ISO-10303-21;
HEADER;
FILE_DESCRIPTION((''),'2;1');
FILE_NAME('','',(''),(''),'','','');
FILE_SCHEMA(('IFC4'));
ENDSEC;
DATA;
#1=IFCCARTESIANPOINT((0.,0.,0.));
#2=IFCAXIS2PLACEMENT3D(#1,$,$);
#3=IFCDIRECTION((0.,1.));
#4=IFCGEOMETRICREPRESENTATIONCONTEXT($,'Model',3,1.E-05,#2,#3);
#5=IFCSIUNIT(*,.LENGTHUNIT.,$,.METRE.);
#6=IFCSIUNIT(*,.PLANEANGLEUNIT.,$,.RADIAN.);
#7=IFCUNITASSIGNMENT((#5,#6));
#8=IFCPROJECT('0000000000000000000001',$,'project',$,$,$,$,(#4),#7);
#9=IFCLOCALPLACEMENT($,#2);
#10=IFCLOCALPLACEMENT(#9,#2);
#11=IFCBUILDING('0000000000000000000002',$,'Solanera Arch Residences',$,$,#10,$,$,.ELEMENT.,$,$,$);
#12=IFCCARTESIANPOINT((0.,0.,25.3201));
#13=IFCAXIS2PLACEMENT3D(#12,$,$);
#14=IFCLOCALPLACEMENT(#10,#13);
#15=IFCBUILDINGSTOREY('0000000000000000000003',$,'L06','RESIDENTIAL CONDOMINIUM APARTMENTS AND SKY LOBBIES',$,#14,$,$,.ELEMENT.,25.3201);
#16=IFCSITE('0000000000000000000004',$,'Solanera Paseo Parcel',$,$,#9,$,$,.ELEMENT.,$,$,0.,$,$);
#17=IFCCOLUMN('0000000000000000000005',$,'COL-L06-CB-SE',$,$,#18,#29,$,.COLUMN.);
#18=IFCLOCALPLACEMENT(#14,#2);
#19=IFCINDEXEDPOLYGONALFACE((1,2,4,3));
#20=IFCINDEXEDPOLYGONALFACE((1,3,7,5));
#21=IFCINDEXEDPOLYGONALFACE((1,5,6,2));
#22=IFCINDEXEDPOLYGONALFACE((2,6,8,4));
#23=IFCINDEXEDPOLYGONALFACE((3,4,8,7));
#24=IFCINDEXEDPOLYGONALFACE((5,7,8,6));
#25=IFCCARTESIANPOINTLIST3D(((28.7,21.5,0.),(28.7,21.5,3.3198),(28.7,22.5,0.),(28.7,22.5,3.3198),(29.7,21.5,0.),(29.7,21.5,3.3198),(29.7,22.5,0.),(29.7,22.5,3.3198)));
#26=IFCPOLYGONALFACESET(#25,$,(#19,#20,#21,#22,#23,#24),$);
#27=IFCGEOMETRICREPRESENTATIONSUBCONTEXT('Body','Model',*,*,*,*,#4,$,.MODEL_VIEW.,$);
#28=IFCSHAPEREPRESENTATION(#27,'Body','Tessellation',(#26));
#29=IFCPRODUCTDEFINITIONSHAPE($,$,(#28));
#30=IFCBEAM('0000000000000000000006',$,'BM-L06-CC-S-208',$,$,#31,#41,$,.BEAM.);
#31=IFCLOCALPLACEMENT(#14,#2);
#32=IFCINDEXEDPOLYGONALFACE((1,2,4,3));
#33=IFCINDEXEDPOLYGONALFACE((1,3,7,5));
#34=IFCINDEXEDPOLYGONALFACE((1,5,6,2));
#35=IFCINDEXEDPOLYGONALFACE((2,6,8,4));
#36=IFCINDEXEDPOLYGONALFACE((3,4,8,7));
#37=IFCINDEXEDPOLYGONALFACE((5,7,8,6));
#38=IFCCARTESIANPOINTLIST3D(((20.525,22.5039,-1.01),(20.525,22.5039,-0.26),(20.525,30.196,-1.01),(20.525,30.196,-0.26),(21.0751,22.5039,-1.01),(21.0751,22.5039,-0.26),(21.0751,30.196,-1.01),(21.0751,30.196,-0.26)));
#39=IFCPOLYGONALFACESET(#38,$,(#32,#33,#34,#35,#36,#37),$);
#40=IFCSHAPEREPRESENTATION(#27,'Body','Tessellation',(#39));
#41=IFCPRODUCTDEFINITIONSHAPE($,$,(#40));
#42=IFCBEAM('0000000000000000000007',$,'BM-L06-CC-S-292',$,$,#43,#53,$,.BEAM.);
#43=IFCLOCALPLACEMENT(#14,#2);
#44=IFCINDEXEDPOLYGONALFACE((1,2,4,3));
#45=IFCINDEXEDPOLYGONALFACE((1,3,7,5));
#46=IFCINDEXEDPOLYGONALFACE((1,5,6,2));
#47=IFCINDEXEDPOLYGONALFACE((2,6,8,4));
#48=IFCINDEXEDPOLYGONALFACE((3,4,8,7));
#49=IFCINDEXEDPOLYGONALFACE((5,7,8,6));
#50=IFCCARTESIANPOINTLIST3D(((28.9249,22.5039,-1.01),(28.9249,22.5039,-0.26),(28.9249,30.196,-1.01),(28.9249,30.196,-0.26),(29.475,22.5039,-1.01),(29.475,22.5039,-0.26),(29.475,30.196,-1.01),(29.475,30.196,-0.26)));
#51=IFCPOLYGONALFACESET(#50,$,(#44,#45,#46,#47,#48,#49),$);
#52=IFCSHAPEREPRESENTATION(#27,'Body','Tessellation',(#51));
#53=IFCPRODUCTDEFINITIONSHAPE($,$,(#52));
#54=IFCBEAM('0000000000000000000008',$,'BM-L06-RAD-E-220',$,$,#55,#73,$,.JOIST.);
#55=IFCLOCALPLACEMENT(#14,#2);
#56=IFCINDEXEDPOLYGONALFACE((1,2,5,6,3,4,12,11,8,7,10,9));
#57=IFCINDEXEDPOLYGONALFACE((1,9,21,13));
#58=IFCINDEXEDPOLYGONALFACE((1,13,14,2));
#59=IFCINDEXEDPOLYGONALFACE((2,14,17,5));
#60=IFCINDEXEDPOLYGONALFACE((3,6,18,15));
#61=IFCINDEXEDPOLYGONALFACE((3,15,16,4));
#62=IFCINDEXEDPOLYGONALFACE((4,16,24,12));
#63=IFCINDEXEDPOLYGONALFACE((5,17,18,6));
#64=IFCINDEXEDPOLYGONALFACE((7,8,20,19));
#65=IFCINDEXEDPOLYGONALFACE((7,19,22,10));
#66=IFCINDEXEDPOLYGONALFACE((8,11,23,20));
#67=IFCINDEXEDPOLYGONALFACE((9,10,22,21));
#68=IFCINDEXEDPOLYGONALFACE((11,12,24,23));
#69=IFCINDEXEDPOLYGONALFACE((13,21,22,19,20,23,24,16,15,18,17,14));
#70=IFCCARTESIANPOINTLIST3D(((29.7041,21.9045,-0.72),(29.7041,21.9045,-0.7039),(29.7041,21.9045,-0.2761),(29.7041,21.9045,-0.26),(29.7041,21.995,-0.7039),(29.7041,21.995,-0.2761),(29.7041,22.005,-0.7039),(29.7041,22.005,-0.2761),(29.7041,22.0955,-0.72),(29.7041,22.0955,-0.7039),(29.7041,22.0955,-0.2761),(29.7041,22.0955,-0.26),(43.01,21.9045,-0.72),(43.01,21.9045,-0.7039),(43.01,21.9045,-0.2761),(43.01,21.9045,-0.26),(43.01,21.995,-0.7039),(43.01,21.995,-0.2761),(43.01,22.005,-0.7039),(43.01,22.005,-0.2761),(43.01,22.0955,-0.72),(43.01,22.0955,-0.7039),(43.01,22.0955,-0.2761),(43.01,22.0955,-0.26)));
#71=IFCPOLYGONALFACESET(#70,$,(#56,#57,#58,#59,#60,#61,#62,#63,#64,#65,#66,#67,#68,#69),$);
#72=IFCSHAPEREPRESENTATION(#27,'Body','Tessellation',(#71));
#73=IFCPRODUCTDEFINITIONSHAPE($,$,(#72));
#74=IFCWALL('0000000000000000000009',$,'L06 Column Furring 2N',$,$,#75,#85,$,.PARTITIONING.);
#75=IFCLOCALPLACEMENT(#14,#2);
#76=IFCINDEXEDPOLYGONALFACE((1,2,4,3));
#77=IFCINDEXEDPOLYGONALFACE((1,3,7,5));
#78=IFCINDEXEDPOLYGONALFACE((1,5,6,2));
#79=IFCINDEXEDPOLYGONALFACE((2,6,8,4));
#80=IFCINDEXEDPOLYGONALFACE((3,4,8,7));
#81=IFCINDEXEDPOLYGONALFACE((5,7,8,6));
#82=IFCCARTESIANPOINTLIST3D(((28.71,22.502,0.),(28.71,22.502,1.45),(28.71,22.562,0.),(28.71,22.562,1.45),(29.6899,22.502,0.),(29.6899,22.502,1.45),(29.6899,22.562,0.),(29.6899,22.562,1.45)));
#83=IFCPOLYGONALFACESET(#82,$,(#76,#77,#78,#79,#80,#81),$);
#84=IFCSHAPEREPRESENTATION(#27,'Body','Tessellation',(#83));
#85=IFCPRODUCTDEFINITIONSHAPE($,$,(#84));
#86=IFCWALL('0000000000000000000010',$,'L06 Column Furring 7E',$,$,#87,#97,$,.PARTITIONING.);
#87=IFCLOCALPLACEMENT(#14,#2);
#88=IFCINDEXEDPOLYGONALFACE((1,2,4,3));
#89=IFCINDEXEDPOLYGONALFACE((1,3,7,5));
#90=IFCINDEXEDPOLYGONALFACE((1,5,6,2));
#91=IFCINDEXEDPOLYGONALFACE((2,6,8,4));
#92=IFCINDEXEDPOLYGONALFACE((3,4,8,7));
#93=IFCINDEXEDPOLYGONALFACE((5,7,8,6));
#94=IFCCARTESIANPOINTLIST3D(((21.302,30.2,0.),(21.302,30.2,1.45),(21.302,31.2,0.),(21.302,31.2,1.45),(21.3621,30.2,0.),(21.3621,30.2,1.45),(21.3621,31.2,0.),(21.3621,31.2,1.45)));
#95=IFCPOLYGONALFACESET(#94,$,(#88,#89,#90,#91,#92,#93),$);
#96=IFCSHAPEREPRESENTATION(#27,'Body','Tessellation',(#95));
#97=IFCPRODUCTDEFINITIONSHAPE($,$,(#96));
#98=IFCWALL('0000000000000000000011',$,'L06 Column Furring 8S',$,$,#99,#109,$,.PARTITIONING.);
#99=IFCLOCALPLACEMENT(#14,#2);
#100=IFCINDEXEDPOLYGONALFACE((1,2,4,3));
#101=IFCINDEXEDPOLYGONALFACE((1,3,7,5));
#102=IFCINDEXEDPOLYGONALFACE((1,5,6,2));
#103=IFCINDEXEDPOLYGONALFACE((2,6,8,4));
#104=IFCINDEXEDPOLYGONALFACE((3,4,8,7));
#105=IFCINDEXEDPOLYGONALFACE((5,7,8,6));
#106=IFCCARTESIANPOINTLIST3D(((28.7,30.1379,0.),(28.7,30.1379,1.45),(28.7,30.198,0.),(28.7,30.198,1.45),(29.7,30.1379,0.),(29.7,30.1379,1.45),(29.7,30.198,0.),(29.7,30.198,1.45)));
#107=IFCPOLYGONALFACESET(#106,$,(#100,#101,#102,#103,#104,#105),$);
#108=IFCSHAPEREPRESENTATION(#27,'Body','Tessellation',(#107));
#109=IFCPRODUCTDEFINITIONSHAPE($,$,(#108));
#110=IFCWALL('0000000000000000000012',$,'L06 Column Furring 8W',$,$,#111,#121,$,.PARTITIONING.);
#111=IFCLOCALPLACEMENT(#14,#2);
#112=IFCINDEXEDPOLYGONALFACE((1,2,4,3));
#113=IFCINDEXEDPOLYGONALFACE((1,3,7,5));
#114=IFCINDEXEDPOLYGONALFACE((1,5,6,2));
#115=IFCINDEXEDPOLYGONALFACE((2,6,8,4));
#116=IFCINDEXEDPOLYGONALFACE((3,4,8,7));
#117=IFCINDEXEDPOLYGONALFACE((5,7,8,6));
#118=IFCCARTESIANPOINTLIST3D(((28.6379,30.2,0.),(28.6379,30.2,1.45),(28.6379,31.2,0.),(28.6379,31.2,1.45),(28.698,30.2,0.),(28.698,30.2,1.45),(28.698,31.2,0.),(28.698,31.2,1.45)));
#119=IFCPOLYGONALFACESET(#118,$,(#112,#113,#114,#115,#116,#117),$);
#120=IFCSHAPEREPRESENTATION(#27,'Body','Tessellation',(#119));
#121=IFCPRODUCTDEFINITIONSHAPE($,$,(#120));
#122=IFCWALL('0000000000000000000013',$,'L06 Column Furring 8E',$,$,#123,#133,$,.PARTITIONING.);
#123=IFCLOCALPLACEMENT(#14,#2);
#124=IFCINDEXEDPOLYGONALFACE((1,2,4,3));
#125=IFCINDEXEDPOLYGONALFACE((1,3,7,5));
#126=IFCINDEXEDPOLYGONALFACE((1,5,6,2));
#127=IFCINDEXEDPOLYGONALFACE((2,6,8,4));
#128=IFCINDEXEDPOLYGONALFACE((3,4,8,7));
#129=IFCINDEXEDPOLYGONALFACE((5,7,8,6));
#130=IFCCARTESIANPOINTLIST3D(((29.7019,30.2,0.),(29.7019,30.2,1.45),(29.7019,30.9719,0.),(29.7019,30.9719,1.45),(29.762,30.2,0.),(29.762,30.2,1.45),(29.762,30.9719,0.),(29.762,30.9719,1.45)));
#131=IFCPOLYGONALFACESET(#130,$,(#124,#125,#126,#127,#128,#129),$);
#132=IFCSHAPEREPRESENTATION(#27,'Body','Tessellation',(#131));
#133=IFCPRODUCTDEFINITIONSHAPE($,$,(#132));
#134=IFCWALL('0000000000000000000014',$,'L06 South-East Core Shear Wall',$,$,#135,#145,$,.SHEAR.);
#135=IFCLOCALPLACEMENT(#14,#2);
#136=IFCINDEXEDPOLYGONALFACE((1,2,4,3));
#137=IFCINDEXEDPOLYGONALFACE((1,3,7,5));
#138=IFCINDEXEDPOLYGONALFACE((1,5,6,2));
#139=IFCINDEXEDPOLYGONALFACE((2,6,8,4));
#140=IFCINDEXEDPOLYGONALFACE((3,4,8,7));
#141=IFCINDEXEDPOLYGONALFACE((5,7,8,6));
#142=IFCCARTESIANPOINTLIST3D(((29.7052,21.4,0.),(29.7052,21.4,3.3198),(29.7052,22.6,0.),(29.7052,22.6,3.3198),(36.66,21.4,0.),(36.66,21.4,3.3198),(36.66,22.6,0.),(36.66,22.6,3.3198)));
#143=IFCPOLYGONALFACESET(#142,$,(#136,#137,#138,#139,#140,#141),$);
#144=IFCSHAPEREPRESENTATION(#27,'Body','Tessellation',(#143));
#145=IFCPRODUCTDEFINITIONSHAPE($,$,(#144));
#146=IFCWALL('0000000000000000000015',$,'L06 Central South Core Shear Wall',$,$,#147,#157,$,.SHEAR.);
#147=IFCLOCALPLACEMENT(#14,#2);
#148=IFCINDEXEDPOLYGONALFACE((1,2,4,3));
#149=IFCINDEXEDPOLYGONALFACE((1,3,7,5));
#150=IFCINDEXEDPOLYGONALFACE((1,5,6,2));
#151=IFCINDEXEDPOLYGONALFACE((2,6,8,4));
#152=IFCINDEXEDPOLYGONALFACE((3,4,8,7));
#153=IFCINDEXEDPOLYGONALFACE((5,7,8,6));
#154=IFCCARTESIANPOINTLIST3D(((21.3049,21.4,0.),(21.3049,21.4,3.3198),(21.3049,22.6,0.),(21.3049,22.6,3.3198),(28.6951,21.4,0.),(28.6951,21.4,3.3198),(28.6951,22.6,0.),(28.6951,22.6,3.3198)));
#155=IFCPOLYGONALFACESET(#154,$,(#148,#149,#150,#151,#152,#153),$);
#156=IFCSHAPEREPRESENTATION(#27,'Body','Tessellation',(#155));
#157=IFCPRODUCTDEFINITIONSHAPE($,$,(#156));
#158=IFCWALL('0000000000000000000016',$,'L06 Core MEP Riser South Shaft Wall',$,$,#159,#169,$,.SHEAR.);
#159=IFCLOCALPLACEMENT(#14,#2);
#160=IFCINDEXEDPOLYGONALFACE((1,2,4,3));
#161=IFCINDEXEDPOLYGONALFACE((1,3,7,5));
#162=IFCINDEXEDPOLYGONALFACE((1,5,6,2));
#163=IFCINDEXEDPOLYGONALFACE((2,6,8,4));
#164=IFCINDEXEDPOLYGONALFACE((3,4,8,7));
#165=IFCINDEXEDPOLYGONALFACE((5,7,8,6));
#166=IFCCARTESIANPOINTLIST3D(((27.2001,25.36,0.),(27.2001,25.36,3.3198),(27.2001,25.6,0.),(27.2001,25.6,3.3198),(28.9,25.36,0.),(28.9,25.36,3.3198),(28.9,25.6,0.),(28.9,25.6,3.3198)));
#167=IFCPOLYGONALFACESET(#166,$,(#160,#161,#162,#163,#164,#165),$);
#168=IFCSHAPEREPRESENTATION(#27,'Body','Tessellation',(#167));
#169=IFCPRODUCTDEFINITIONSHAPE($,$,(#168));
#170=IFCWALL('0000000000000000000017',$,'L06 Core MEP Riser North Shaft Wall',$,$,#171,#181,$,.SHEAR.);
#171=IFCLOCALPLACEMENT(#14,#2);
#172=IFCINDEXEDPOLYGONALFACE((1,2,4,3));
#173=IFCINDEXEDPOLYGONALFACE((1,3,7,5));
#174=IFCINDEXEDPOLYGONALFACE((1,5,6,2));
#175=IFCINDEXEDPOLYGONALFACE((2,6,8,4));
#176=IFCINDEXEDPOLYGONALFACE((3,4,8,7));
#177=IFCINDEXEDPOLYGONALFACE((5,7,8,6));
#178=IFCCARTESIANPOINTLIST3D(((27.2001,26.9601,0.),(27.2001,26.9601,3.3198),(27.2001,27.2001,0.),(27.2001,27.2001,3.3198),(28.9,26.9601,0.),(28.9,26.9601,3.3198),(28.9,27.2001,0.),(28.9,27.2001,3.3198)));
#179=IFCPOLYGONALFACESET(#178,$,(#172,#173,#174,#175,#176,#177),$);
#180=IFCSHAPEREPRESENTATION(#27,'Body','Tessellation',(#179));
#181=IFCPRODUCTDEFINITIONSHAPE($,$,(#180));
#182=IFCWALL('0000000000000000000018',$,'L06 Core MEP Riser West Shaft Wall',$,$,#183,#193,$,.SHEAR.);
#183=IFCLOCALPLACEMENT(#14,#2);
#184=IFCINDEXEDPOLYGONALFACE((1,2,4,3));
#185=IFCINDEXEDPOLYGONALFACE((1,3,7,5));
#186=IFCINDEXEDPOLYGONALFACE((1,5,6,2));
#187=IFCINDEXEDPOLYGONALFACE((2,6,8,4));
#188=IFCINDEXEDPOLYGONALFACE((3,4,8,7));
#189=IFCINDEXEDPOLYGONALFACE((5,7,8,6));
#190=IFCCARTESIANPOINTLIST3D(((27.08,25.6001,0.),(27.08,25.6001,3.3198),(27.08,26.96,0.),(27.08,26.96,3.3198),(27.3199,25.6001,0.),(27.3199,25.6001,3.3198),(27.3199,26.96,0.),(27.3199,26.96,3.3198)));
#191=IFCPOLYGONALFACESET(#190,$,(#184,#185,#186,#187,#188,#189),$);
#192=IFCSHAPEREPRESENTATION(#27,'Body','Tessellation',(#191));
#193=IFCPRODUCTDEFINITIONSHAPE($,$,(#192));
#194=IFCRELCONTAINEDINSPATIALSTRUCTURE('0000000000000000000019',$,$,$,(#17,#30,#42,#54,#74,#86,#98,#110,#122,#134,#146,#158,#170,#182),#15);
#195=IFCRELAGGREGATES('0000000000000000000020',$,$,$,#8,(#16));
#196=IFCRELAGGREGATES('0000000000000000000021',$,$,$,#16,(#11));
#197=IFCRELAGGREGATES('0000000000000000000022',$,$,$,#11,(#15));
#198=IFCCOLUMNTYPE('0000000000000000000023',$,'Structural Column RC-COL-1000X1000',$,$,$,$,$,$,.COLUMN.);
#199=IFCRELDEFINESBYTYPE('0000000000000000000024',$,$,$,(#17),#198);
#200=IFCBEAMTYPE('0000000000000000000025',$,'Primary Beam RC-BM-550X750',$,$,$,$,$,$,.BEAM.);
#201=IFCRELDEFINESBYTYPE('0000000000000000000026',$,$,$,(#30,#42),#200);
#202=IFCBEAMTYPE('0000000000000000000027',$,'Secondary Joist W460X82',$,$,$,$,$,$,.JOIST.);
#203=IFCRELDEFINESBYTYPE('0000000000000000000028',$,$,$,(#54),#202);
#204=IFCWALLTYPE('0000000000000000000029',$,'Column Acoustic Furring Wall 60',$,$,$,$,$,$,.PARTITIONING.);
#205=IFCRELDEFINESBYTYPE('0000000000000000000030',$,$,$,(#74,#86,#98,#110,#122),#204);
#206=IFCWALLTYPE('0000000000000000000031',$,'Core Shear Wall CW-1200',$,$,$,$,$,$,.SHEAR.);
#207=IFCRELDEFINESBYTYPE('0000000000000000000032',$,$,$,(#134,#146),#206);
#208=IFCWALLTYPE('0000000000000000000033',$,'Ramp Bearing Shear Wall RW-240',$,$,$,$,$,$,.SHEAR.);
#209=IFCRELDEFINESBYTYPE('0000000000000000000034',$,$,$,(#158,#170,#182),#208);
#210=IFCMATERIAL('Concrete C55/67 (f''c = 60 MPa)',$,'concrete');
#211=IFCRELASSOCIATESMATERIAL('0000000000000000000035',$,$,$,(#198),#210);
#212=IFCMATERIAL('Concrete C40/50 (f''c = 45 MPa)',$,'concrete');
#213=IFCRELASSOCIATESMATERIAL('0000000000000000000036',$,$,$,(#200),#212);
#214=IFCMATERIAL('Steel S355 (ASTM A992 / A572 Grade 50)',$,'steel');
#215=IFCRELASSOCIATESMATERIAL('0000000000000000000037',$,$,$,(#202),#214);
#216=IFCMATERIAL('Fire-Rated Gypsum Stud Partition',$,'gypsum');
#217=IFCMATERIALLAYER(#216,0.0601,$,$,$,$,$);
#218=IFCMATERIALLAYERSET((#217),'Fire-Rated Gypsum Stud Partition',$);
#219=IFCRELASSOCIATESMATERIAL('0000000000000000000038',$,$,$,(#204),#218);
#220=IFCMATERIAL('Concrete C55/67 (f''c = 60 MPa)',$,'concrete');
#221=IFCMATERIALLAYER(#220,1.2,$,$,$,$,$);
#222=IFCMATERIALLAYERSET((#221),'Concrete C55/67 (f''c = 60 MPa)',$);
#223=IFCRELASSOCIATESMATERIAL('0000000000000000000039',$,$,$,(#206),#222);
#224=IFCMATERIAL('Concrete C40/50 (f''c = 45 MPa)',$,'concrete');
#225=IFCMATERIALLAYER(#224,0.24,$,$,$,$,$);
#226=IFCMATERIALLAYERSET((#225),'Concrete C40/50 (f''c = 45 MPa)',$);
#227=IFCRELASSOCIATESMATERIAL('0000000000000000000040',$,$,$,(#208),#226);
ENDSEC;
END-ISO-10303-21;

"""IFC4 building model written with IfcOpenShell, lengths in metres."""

from ifc_helpers import new_model, si_unit, direction, frame, frame_2d, origin, origin_2d, place, context, subcontext, project, spatial, rectangle, i_section, extrude, material, layer, layer_set, material_profile, profile_set, type_object, element, save


model = new_model("IFC4")

# Units and contexts
model_context = context("Model", 3, precision=1e-05, world=origin(), true_north=direction((0.0, 1.0)))
body_context = subcontext(model_context, "Body", "Model", "MODEL_VIEW")
ifc_project = project(units=[si_unit("LENGTHUNIT", "METRE"), si_unit("PLANEANGLEUNIT", "RADIAN")], contexts=[model_context])

# Site, building, storey
site_placement = place(None, origin())
site = spatial("IfcSite", under=ifc_project, at=site_placement, Name="Solanera Paseo Parcel", CompositionType="ELEMENT", RefElevation=0.0)
building_placement = place(site_placement, origin())
building = spatial("IfcBuilding", under=site, at=building_placement, Name="Solanera Arch Residences", CompositionType="ELEMENT")
storey_placement = place(building_placement, frame((0.0, 0.0, 25.3201)))
storey = spatial("IfcBuildingStorey", under=building, at=storey_placement, Name="L06", Description="RESIDENTIAL CONDOMINIUM APARTMENTS AND SKY LOBBIES", CompositionType="ELEMENT", Elevation=25.3201)

# Column
ifc_material_1 = material(Name="Concrete C55/67 (f'c = 60 MPa)", Category="concrete")
ifc_material_profile_1 = material_profile(ifc_material_1, rectangle(XDim=1.0, YDim=1.0, at=origin_2d()))
ifc_profile_set_1 = profile_set([ifc_material_profile_1], Name="Concrete C55/67 (f'c = 60 MPa)")
column_type = type_object("IfcColumnType", Name="Structural Column RC-COL-1000X1000", PredefinedType="COLUMN", material=ifc_profile_set_1)
column_placement = place(storey_placement, frame((29.2, 22.0, 0.0), z_axis=(0.0, 0.0, 1.0), x_axis=(1.0, 0.0, 0.0)))
element("IfcColumn", 1, at=column_placement, inside=storey, type_object=column_type, Name="COL-L06-CB-SE", PredefinedType="COLUMN", context=body_context, shape_type="SweptSolid", body=[
    extrude(rectangle(XDim=1.0, YDim=1.0, at=origin_2d()), origin(), (0.0, 0.0, 1.0), 3.3198),
])

# Beams
ifc_material_2 = material(Name="Concrete C40/50 (f'c = 45 MPa)", Category="concrete")
ifc_material_profile_2 = material_profile(ifc_material_2, rectangle(XDim=0.55, YDim=0.75, at=origin_2d()))
ifc_profile_set_2 = profile_set([ifc_material_profile_2], Name="Concrete C40/50 (f'c = 45 MPa)")
beam_type_1 = type_object("IfcBeamType", Name="Primary Beam RC-BM-550X750", PredefinedType="BEAM", material=ifc_profile_set_2)
for number, where, z_axis, x_axis, name in (
    (2, (20.8, 22.5039, -0.635), (0.0, 1.0, 0.0), (-1.0, 0.0, 0.0), "BM-L06-CC-S-208"),
    (3, (29.2, 22.5039, -0.635), (0.0, 1.0, 0.0), (-1.0, 0.0, 0.0), "BM-L06-CC-S-292"),
):
    element("IfcBeam", number, at=place(storey_placement, frame(where, z_axis=z_axis, x_axis=x_axis)), inside=storey, type_object=beam_type_1, Name=name, PredefinedType="BEAM", context=body_context, shape_type="SweptSolid", body=[
        extrude(rectangle(XDim=0.55, YDim=0.75, at=origin_2d()), origin(), (0.0, 0.0, 1.0), 7.6921),
    ])
ifc_material_3 = material(Name="Steel S355 (ASTM A992 / A572 Grade 50)", Category="steel")
ifc_material_profile_3 = material_profile(ifc_material_3, i_section(OverallWidth=0.1909, OverallDepth=0.46, WebThickness=0.01, FlangeThickness=0.0161, at=origin_2d()))
ifc_profile_set_3 = profile_set([ifc_material_profile_3], Name="Steel S355 (ASTM A992 / A572 Grade 50)")
beam_type_2 = type_object("IfcBeamType", Name="Secondary Joist W460X82", PredefinedType="JOIST", material=ifc_profile_set_3)
beam_placement = place(storey_placement, frame((29.7041, 22.0, -0.49), z_axis=(1.0, 0.0, 0.0), x_axis=(0.0, 1.0, 0.0)))
element("IfcBeam", 4, at=beam_placement, inside=storey, type_object=beam_type_2, Name="BM-L06-RAD-E-220", PredefinedType="JOIST", context=body_context, shape_type="SweptSolid", body=[
    extrude(i_section(OverallWidth=0.1909, OverallDepth=0.46, WebThickness=0.01, FlangeThickness=0.0161, at=origin_2d()), origin(), (0.0, 0.0, 1.0), 13.3059),
])

# Walls
ifc_material_4 = material(Name="Fire-Rated Gypsum Stud Partition", Category="gypsum")
ifc_layer_1 = layer(ifc_material_4, 0.0601)
ifc_layer_set_1 = layer_set([ifc_layer_1], Name="Fire-Rated Gypsum Stud Partition")
wall_type_1 = type_object("IfcWallType", Name="Column Acoustic Furring Wall 60", PredefinedType="PARTITIONING", material=ifc_layer_set_1)
wall_1_placement = place(storey_placement, frame((28.71, 22.532, 0.0), z_axis=(0.0, 0.0, 1.0), x_axis=(1.0, 0.0, 0.0)))
element("IfcWall", 5, at=wall_1_placement, inside=storey, type_object=wall_type_1, Name="L06 Column Furring 2N", PredefinedType="PARTITIONING", context=body_context, shape_type="SweptSolid", body=[
    extrude(rectangle(XDim=0.98, YDim=0.0601, at=frame_2d((0.49, 0.0))), origin(), (0.0, 0.0, 1.0), 1.45),
])
for number, where, z_axis, x_axis, name in (
    (6, (21.332, 30.2, 0.0), (0.0, 0.0, 1.0), (0.0, 1.0, 0.0), "L06 Column Furring 7E"),
    (7, (28.7, 30.168, 0.0), (0.0, 0.0, 1.0), (1.0, 0.0, 0.0), "L06 Column Furring 8S"),
    (8, (28.668, 30.2, 0.0), (0.0, 0.0, 1.0), (0.0, 1.0, 0.0), "L06 Column Furring 8W"),
):
    element("IfcWall", number, at=place(storey_placement, frame(where, z_axis=z_axis, x_axis=x_axis)), inside=storey, type_object=wall_type_1, Name=name, PredefinedType="PARTITIONING", context=body_context, shape_type="SweptSolid", body=[
        extrude(rectangle(XDim=1.0, YDim=0.0601, at=frame_2d((0.5, 0.0))), origin(), (0.0, 0.0, 1.0), 1.45),
    ])
wall_2_placement = place(storey_placement, frame((29.7319, 30.2, 0.0), z_axis=(0.0, 0.0, 1.0), x_axis=(0.0, 1.0, 0.0)))
element("IfcWall", 9, at=wall_2_placement, inside=storey, type_object=wall_type_1, Name="L06 Column Furring 8E", PredefinedType="PARTITIONING", context=body_context, shape_type="SweptSolid", body=[
    extrude(rectangle(XDim=0.772, YDim=0.0601, at=frame_2d((0.386, 0.0))), origin(), (0.0, 0.0, 1.0), 1.45),
])
ifc_material_5 = material(Name="Concrete C55/67 (f'c = 60 MPa)", Category="concrete")
ifc_layer_2 = layer(ifc_material_5, 1.2)
ifc_layer_set_2 = layer_set([ifc_layer_2], Name="Concrete C55/67 (f'c = 60 MPa)")
wall_type_2 = type_object("IfcWallType", Name="Core Shear Wall CW-1200", PredefinedType="SHEAR", material=ifc_layer_set_2)
wall_3_placement = place(storey_placement, frame((29.7051, 22.0, 0.0), z_axis=(0.0, 0.0, 1.0), x_axis=(1.0, 0.0, 0.0)))
element("IfcWall", 10, at=wall_3_placement, inside=storey, type_object=wall_type_2, Name="L06 South-East Core Shear Wall", PredefinedType="SHEAR", context=body_context, shape_type="SweptSolid", body=[
    extrude(rectangle(XDim=6.9548, YDim=1.2, at=frame_2d((3.4775, 0.0))), origin(), (0.0, 0.0, 1.0), 3.3198),
])
wall_4_placement = place(storey_placement, frame((21.3049, 22.0, 0.0), z_axis=(0.0, 0.0, 1.0), x_axis=(1.0, 0.0, 0.0)))
element("IfcWall", 11, at=wall_4_placement, inside=storey, type_object=wall_type_2, Name="L06 Central South Core Shear Wall", PredefinedType="SHEAR", context=body_context, shape_type="SweptSolid", body=[
    extrude(rectangle(XDim=7.3901, YDim=1.2, at=frame_2d((3.6951, 0.0))), origin(), (0.0, 0.0, 1.0), 3.3198),
])
ifc_material_6 = material(Name="Concrete C40/50 (f'c = 45 MPa)", Category="concrete")
ifc_layer_3 = layer(ifc_material_6, 0.24)
ifc_layer_set_3 = layer_set([ifc_layer_3], Name="Concrete C40/50 (f'c = 45 MPa)")
wall_type_3 = type_object("IfcWallType", Name="Ramp Bearing Shear Wall RW-240", PredefinedType="SHEAR", material=ifc_layer_set_3)
for number, where, z_axis, x_axis, name in (
    (12, (27.2, 25.48, 0.0), (0.0, 0.0, 1.0), (1.0, 0.0, 0.0), "L06 Core MEP Riser South Shaft Wall"),
    (13, (27.2, 27.0801, 0.0), (0.0, 0.0, 1.0), (1.0, 0.0, 0.0), "L06 Core MEP Riser North Shaft Wall"),
):
    element("IfcWall", number, at=place(storey_placement, frame(where, z_axis=z_axis, x_axis=x_axis)), inside=storey, type_object=wall_type_3, Name=name, PredefinedType="SHEAR", context=body_context, shape_type="SweptSolid", body=[
        extrude(rectangle(XDim=1.7, YDim=0.24, at=frame_2d((0.8501, 0.0))), origin(), (0.0, 0.0, 1.0), 3.3198),
    ])
for number, where, z_axis, x_axis, name in (
    (14, (27.2, 25.6001, 0.0), (0.0, 0.0, 1.0), (0.0, 1.0, 0.0), "L06 Core MEP Riser West Shaft Wall"),
):
    element("IfcWall", number, at=place(storey_placement, frame(where, z_axis=z_axis, x_axis=x_axis)), inside=storey, type_object=wall_type_3, Name=name, PredefinedType="SHEAR", context=body_context, shape_type="SweptSolid", body=[
        extrude(rectangle(XDim=1.3599, YDim=0.24, at=frame_2d((0.6799, 0.0))), origin(), (0.0, 0.0, 1.0), 3.3198),
    ])

save(model, "model.ifc")
